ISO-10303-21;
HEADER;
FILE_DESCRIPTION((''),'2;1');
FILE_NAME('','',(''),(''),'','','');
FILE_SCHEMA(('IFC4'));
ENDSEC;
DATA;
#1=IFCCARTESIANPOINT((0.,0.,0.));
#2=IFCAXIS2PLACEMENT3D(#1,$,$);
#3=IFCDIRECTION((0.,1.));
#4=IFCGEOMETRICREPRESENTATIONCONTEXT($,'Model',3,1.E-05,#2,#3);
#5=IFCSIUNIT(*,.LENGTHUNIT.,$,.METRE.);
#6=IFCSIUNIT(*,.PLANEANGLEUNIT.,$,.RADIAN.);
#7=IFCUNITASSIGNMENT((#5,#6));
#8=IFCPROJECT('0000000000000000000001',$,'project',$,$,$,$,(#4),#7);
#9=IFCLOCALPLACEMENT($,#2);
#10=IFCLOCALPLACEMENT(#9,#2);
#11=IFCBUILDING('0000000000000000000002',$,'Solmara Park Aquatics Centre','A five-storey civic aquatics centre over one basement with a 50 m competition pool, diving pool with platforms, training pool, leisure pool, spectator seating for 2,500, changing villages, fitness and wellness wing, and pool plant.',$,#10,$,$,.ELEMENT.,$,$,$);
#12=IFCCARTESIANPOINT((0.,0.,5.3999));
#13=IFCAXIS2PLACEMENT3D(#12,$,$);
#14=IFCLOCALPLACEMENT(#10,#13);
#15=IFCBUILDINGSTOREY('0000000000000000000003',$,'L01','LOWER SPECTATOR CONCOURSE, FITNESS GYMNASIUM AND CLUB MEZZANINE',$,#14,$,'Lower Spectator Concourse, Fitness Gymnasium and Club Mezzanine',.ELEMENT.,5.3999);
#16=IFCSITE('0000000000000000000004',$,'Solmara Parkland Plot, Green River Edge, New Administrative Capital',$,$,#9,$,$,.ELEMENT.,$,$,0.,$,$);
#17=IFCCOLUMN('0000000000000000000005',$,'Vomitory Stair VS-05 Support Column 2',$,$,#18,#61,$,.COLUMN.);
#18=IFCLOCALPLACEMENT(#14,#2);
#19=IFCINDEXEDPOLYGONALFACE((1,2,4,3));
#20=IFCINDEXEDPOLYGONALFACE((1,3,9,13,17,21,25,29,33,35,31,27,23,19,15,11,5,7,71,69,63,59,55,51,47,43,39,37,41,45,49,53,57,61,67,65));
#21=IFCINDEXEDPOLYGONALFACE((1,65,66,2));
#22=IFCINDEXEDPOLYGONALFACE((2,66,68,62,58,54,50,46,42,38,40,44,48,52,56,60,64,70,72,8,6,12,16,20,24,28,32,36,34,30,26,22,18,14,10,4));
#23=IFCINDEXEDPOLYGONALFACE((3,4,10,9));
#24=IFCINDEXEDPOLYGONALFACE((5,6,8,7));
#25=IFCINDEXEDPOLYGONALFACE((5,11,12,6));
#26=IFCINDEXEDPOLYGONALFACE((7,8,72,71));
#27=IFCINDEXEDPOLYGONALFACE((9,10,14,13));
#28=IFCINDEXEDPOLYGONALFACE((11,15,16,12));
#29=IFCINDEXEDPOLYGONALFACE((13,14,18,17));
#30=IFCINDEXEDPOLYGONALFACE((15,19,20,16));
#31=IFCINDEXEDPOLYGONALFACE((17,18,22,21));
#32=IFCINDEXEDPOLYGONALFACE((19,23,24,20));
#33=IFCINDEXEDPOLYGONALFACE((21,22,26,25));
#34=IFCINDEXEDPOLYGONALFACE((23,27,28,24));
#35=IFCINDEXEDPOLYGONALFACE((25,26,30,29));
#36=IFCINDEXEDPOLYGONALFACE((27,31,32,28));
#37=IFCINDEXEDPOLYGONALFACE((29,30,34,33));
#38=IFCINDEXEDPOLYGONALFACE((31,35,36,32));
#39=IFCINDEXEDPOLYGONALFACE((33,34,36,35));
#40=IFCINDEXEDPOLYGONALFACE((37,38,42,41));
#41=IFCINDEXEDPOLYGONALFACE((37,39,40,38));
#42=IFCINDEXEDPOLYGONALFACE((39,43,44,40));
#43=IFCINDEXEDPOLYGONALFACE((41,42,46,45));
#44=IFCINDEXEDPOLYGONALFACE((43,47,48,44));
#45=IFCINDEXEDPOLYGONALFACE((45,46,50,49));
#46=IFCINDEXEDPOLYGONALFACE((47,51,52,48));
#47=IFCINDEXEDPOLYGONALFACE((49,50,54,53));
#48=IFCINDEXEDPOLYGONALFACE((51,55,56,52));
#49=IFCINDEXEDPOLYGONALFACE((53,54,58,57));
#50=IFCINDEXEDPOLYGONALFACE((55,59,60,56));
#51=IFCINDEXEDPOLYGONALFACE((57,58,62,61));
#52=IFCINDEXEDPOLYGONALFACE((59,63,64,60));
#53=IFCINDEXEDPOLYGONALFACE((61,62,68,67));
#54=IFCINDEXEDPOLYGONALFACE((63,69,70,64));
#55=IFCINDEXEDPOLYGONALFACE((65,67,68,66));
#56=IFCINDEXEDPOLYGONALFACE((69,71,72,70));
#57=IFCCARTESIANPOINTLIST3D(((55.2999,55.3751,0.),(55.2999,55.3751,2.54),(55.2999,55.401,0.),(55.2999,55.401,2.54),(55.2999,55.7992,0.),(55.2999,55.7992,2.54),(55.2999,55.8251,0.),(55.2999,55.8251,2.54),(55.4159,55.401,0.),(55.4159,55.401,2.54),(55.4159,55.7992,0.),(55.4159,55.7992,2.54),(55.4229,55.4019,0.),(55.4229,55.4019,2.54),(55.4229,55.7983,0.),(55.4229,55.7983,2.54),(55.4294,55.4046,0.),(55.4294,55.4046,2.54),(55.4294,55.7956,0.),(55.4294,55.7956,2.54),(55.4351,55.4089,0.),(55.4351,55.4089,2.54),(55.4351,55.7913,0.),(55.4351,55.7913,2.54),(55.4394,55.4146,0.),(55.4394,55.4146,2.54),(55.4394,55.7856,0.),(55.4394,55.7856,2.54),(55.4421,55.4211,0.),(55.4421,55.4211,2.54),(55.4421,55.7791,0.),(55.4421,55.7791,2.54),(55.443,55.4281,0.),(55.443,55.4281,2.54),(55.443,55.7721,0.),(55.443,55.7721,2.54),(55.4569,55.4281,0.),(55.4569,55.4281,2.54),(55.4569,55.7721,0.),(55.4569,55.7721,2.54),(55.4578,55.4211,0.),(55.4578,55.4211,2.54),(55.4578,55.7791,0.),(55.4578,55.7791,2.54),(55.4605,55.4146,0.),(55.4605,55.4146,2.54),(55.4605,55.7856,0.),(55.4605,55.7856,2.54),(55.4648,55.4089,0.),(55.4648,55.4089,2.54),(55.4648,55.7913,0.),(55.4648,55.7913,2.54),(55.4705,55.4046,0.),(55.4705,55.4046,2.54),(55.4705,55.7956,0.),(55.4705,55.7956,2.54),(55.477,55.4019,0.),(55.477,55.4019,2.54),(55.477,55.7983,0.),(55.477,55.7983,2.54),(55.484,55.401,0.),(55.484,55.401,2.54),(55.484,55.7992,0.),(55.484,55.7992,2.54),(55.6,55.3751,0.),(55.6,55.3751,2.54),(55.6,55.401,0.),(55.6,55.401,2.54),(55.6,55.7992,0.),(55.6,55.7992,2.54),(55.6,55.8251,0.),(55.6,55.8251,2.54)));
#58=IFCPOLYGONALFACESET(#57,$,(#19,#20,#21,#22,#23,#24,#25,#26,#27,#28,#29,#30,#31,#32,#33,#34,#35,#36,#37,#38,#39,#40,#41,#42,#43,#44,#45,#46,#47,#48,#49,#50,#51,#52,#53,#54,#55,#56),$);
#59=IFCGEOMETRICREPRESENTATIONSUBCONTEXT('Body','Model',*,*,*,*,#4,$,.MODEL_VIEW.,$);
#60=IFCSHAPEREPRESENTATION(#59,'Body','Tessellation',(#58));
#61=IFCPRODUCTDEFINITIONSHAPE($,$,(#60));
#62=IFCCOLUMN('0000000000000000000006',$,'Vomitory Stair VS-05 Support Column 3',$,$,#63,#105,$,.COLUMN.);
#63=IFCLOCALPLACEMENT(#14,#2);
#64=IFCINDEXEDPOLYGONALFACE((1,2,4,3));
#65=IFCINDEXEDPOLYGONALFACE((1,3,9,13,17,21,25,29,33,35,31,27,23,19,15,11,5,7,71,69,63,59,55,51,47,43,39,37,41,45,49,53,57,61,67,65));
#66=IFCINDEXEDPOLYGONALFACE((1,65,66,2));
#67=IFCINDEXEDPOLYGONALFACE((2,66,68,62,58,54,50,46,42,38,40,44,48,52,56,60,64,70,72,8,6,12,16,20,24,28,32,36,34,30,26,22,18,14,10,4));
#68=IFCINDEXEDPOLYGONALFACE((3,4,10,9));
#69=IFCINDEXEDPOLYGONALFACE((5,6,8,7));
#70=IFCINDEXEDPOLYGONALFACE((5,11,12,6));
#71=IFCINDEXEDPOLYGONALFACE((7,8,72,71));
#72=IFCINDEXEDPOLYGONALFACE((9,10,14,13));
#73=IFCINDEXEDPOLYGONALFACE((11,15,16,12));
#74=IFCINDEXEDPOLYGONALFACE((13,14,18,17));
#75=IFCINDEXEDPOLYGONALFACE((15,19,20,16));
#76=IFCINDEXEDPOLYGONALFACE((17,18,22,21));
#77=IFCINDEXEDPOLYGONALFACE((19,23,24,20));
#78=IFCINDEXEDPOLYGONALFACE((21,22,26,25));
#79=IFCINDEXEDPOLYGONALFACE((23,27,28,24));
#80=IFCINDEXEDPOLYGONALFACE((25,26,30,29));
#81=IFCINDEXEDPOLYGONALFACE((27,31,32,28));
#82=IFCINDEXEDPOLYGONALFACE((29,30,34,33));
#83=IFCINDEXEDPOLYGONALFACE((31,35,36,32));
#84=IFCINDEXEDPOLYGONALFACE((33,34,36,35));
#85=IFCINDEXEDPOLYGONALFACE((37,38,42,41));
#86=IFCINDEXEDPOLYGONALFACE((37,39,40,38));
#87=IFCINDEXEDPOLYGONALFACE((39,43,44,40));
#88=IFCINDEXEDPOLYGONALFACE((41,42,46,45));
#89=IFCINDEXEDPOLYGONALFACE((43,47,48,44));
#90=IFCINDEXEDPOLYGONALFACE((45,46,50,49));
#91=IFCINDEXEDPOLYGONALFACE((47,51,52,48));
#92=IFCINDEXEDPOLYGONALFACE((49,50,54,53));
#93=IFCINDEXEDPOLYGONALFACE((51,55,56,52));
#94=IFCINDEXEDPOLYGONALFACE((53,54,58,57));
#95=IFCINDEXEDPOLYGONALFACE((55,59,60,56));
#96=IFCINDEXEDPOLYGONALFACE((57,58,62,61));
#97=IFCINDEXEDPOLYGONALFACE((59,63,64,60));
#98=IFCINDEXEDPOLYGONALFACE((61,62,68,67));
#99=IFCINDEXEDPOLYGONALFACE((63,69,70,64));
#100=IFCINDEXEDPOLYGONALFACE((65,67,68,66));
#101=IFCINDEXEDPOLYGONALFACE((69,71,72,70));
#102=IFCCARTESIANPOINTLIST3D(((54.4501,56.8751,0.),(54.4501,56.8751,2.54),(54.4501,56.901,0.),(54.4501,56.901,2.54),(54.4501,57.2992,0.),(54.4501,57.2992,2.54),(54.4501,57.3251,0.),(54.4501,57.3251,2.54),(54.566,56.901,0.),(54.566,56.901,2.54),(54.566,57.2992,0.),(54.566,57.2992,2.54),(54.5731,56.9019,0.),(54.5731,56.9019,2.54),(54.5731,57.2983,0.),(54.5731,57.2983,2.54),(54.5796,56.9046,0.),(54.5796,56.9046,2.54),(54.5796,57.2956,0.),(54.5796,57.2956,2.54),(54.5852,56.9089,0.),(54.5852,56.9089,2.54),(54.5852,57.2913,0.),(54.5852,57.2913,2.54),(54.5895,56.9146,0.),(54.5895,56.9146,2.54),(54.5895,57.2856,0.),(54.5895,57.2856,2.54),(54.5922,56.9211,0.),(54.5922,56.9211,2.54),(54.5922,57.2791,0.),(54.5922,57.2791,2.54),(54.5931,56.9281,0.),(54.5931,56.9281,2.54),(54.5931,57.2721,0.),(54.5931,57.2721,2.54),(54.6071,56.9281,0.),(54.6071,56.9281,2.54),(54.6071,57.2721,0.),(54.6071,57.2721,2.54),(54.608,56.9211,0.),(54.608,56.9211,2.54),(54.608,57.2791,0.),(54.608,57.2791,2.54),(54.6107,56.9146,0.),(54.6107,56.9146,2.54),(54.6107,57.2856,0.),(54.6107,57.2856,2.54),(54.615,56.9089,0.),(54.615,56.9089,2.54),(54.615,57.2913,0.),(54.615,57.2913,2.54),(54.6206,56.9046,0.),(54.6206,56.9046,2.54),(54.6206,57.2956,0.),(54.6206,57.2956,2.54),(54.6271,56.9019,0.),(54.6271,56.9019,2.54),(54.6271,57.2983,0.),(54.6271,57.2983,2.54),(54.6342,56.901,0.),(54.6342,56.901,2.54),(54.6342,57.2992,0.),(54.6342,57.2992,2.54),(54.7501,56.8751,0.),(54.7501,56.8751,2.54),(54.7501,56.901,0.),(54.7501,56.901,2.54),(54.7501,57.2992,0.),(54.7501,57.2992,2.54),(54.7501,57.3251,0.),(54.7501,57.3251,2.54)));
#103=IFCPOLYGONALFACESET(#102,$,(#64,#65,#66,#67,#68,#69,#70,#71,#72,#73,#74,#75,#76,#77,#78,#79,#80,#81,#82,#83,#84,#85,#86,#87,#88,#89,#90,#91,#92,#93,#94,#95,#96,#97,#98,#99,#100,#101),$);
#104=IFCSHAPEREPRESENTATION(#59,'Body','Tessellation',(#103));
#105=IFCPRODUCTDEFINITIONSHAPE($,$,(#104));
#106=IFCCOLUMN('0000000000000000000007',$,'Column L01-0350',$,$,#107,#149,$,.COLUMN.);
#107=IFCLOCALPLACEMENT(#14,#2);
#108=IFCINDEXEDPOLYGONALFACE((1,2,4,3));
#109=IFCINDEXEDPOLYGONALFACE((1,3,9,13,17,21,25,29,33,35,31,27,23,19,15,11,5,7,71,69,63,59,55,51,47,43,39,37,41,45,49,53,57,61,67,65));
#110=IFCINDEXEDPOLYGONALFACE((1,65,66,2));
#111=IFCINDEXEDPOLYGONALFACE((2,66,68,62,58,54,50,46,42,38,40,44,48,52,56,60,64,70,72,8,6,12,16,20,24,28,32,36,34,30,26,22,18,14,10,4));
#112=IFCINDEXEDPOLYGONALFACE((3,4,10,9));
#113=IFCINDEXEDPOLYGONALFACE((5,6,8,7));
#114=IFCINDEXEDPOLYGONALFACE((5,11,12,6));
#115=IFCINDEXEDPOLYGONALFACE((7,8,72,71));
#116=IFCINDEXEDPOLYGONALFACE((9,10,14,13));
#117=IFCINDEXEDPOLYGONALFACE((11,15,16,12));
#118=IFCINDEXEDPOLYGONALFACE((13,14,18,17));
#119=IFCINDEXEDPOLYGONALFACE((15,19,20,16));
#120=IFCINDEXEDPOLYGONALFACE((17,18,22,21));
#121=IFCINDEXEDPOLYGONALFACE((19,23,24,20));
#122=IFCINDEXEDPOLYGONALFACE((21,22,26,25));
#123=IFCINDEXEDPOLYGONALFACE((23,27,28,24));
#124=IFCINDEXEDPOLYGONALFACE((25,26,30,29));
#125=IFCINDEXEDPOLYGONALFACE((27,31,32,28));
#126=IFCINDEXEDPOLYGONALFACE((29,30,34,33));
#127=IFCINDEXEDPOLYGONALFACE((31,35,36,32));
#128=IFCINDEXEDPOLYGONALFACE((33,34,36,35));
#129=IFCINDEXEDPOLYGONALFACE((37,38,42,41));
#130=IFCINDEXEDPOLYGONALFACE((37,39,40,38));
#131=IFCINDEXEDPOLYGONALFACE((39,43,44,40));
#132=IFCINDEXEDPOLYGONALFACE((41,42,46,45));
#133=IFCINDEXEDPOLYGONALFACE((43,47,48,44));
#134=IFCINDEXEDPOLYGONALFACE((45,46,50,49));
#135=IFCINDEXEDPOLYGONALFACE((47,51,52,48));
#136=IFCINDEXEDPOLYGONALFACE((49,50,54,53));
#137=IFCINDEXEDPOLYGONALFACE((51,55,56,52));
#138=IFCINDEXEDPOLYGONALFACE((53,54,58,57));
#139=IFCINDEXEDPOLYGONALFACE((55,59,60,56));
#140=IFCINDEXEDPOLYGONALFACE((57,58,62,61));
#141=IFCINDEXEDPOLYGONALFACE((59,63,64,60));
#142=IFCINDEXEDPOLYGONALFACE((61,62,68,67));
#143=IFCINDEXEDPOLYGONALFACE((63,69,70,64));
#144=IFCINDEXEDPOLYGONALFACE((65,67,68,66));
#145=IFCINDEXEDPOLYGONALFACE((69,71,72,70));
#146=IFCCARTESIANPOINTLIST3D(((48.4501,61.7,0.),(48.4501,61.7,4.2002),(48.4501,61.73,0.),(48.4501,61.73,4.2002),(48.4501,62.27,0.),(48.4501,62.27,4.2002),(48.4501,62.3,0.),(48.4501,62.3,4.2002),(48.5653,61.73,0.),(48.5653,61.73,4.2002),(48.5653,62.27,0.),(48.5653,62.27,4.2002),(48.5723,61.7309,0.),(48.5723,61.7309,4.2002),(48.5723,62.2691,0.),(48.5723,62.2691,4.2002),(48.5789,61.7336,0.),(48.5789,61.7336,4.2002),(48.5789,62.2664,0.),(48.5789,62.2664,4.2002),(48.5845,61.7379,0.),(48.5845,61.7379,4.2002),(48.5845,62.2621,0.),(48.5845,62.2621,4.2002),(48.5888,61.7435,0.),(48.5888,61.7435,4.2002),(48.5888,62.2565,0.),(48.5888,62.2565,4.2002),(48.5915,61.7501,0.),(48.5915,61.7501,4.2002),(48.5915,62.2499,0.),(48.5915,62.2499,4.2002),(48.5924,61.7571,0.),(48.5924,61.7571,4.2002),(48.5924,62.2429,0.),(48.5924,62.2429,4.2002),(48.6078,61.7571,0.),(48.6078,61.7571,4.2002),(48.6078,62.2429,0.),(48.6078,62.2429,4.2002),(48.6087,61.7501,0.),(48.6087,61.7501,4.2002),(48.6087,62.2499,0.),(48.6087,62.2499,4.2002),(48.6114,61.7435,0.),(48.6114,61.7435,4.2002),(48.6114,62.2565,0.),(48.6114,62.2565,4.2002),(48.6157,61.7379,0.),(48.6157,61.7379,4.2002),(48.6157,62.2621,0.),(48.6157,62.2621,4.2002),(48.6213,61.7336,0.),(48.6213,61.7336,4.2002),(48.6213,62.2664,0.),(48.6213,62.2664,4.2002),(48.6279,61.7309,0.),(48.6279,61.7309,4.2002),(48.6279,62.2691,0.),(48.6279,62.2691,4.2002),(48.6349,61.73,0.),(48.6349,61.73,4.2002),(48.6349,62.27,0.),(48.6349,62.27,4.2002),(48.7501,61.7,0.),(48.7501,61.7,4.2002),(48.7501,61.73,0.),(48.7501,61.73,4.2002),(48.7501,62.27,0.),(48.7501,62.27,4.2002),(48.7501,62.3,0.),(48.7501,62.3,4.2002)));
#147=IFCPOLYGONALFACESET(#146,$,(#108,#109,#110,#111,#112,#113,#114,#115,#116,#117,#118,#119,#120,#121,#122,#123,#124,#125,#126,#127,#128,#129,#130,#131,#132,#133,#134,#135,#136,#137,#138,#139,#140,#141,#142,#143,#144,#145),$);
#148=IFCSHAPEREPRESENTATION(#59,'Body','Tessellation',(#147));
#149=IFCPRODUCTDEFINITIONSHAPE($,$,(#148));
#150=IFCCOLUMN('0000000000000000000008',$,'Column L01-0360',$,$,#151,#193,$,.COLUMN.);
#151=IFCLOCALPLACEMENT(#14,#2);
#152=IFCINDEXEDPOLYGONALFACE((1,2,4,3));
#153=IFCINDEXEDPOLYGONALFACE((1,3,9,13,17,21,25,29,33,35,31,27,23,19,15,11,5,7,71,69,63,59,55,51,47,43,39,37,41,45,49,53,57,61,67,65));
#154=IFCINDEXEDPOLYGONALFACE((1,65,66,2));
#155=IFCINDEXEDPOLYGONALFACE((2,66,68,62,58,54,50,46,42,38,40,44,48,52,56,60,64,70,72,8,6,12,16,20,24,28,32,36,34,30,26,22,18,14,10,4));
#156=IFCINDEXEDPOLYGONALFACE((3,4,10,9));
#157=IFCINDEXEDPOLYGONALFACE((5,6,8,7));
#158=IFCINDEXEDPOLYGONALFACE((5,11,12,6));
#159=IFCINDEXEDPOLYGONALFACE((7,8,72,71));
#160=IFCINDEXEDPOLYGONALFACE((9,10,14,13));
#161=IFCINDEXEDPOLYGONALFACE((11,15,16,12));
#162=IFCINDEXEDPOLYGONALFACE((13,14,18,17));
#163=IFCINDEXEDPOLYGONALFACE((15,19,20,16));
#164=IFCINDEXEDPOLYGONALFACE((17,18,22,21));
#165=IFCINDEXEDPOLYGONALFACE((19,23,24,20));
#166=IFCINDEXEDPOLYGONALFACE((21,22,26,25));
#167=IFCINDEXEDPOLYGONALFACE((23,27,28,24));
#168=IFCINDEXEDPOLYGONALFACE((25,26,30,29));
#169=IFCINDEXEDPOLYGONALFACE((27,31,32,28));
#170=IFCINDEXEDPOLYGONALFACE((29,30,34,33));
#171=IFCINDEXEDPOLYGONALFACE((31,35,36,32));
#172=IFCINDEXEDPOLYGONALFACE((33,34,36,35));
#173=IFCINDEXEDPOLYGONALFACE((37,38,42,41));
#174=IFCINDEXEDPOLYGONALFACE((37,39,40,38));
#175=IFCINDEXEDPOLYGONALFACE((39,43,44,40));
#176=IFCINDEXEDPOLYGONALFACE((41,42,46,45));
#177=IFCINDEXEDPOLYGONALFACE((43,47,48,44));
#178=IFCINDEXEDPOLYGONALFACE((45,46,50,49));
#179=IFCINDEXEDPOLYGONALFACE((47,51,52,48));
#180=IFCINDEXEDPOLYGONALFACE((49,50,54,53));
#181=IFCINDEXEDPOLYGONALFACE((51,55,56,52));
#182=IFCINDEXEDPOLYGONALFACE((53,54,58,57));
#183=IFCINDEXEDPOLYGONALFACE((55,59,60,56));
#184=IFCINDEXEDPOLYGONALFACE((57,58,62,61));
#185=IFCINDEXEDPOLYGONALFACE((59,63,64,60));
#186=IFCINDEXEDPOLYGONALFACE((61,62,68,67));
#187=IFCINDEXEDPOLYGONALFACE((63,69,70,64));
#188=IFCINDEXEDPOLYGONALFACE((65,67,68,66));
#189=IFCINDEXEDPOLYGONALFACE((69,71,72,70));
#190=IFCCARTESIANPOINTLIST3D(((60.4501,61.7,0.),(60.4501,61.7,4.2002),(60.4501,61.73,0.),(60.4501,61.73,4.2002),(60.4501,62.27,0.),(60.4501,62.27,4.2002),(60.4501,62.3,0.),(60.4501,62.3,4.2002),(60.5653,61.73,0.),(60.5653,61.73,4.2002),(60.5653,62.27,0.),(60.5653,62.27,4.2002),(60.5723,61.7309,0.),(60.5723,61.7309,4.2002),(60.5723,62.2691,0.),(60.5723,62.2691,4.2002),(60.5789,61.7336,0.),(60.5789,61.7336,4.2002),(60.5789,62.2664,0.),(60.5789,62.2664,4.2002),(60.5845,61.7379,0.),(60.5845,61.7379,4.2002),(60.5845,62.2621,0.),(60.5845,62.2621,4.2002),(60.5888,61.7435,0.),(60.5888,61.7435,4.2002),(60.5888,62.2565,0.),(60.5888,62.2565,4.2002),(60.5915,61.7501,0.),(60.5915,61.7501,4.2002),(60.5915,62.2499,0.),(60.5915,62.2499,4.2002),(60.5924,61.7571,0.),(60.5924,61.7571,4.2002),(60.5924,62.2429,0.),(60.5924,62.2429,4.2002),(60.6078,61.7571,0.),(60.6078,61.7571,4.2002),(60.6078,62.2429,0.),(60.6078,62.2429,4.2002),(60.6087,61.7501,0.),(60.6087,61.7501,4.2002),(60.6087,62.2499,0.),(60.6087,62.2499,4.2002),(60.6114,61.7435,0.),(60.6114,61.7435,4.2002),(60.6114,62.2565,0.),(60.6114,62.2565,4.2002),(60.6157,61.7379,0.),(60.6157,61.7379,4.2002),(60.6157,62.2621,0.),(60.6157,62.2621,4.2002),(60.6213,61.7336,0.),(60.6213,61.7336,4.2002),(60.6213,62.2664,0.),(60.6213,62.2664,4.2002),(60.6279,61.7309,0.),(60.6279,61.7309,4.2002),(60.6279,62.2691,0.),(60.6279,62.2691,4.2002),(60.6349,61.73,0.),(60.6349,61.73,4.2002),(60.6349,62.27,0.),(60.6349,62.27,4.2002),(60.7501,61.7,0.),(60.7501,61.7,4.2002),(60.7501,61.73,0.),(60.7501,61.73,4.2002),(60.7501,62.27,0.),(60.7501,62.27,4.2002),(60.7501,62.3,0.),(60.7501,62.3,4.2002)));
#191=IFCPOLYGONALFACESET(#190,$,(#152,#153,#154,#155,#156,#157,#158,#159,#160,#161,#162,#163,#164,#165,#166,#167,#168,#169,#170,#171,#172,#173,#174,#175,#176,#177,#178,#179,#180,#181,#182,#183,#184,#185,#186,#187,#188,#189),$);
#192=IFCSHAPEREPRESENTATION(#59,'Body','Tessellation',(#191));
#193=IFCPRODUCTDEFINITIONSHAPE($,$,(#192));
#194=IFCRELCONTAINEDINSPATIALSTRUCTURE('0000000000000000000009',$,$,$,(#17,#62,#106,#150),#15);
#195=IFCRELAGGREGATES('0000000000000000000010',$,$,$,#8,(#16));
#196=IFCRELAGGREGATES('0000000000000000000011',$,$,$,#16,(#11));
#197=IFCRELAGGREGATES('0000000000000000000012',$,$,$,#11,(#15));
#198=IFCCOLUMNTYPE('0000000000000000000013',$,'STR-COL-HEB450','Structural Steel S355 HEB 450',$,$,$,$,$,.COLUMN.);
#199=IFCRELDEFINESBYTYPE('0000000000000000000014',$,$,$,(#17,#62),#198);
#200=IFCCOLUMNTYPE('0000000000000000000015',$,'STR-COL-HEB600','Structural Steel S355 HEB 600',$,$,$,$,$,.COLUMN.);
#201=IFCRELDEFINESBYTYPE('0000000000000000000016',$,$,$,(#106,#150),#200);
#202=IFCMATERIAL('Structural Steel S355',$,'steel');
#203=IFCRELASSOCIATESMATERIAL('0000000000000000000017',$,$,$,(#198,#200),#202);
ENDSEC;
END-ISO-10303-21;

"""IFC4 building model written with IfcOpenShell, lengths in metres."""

from ifc_helpers import new_model, si_unit, direction, frame, origin, origin_2d, place, context, subcontext, project, spatial, i_section, extrude, material, material_profile, profile_set, type_object, element, save


model = new_model("IFC4")

# Units and contexts
model_context = context("Model", 3, precision=1e-05, world=origin(), true_north=direction((0.0, 1.0)))
body_context = subcontext(model_context, "Body", "Model", "MODEL_VIEW")
ifc_project = project(units=[si_unit("LENGTHUNIT", "METRE"), si_unit("PLANEANGLEUNIT", "RADIAN")], contexts=[model_context])

# Site, building, storey
site_placement = place(None, origin())
site = spatial("IfcSite", under=ifc_project, at=site_placement, Name="Solmara Parkland Plot, Green River Edge, New Administrative Capital", CompositionType="ELEMENT", RefElevation=0.0)
building_placement = place(site_placement, origin())
building = spatial("IfcBuilding", under=site, at=building_placement, Name="Solmara Park Aquatics Centre", Description="A five-storey civic aquatics centre over one basement with a 50 m competition pool, diving pool with platforms, training pool, leisure pool, spectator seating for 2,500, changing villages, fitness and wellness wing, and pool plant.", CompositionType="ELEMENT")
storey_placement = place(building_placement, frame((0.0, 0.0, 5.3999)))
storey = spatial("IfcBuildingStorey", under=building, at=storey_placement, Name="L01", Description="LOWER SPECTATOR CONCOURSE, FITNESS GYMNASIUM AND CLUB MEZZANINE", LongName="Lower Spectator Concourse, Fitness Gymnasium and Club Mezzanine", CompositionType="ELEMENT", Elevation=5.3999)

# Columns
ifc_material_1 = material(Name="Structural Steel S355", Category="steel")
ifc_material_profile_1 = material_profile(ifc_material_1, i_section(OverallWidth=0.3, OverallDepth=0.45, WebThickness=0.0139, FlangeThickness=0.0259, FilletRadius=0.0271, at=origin_2d()), Name="HEB 450")
ifc_profile_set_1 = profile_set([ifc_material_profile_1], Name="Structural Steel S355")
column_type_1 = type_object("IfcColumnType", Name="STR-COL-HEB450", Description="Structural Steel S355 HEB 450", PredefinedType="COLUMN", material=ifc_profile_set_1)
for number, where, z_axis, x_axis, name in (
    (1, (55.45, 55.6001, 0.0), (0.0, 0.0, 1.0), (1.0, 0.0, 0.0), "Vomitory Stair VS-05 Support Column 2"),
    (2, (54.6001, 57.1001, 0.0), (0.0, 0.0, 1.0), (1.0, 0.0, 0.0), "Vomitory Stair VS-05 Support Column 3"),
):
    element("IfcColumn", number, at=place(storey_placement, frame(where, z_axis=z_axis, x_axis=x_axis)), inside=storey, type_object=column_type_1, Name=name, PredefinedType="COLUMN", context=body_context, shape_type="SweptSolid", body=[
        extrude(i_section(OverallWidth=0.3, OverallDepth=0.45, WebThickness=0.0139, FlangeThickness=0.0259, FilletRadius=0.0271, at=origin_2d()), origin(), (0.0, 0.0, 1.0), 2.54),
    ])
ifc_material_profile_2 = material_profile(ifc_material_1, i_section(OverallWidth=0.3, OverallDepth=0.6001, WebThickness=0.0154, FlangeThickness=0.03, FilletRadius=0.0271, at=origin_2d()), Name="HEB 600")
ifc_profile_set_2 = profile_set([ifc_material_profile_2], Name="Structural Steel S355")
column_type_2 = type_object("IfcColumnType", Name="STR-COL-HEB600", Description="Structural Steel S355 HEB 600", PredefinedType="COLUMN", material=ifc_profile_set_2)
for number, where, z_axis, x_axis, name in (
    (3, (48.6001, 62.0, 0.0), (0.0, 0.0, 1.0), (1.0, 0.0, 0.0), "Column L01-0350"),
    (4, (60.6001, 62.0, 0.0), (0.0, 0.0, 1.0), (1.0, 0.0, 0.0), "Column L01-0360"),
):
    element("IfcColumn", number, at=place(storey_placement, frame(where, z_axis=z_axis, x_axis=x_axis)), inside=storey, type_object=column_type_2, Name=name, PredefinedType="COLUMN", context=body_context, shape_type="SweptSolid", body=[
        extrude(i_section(OverallWidth=0.3, OverallDepth=0.6001, WebThickness=0.0154, FlangeThickness=0.03, FilletRadius=0.0271, at=origin_2d()), origin(), (0.0, 0.0, 1.0), 4.2002),
    ])

save(model, "model.ifc")
